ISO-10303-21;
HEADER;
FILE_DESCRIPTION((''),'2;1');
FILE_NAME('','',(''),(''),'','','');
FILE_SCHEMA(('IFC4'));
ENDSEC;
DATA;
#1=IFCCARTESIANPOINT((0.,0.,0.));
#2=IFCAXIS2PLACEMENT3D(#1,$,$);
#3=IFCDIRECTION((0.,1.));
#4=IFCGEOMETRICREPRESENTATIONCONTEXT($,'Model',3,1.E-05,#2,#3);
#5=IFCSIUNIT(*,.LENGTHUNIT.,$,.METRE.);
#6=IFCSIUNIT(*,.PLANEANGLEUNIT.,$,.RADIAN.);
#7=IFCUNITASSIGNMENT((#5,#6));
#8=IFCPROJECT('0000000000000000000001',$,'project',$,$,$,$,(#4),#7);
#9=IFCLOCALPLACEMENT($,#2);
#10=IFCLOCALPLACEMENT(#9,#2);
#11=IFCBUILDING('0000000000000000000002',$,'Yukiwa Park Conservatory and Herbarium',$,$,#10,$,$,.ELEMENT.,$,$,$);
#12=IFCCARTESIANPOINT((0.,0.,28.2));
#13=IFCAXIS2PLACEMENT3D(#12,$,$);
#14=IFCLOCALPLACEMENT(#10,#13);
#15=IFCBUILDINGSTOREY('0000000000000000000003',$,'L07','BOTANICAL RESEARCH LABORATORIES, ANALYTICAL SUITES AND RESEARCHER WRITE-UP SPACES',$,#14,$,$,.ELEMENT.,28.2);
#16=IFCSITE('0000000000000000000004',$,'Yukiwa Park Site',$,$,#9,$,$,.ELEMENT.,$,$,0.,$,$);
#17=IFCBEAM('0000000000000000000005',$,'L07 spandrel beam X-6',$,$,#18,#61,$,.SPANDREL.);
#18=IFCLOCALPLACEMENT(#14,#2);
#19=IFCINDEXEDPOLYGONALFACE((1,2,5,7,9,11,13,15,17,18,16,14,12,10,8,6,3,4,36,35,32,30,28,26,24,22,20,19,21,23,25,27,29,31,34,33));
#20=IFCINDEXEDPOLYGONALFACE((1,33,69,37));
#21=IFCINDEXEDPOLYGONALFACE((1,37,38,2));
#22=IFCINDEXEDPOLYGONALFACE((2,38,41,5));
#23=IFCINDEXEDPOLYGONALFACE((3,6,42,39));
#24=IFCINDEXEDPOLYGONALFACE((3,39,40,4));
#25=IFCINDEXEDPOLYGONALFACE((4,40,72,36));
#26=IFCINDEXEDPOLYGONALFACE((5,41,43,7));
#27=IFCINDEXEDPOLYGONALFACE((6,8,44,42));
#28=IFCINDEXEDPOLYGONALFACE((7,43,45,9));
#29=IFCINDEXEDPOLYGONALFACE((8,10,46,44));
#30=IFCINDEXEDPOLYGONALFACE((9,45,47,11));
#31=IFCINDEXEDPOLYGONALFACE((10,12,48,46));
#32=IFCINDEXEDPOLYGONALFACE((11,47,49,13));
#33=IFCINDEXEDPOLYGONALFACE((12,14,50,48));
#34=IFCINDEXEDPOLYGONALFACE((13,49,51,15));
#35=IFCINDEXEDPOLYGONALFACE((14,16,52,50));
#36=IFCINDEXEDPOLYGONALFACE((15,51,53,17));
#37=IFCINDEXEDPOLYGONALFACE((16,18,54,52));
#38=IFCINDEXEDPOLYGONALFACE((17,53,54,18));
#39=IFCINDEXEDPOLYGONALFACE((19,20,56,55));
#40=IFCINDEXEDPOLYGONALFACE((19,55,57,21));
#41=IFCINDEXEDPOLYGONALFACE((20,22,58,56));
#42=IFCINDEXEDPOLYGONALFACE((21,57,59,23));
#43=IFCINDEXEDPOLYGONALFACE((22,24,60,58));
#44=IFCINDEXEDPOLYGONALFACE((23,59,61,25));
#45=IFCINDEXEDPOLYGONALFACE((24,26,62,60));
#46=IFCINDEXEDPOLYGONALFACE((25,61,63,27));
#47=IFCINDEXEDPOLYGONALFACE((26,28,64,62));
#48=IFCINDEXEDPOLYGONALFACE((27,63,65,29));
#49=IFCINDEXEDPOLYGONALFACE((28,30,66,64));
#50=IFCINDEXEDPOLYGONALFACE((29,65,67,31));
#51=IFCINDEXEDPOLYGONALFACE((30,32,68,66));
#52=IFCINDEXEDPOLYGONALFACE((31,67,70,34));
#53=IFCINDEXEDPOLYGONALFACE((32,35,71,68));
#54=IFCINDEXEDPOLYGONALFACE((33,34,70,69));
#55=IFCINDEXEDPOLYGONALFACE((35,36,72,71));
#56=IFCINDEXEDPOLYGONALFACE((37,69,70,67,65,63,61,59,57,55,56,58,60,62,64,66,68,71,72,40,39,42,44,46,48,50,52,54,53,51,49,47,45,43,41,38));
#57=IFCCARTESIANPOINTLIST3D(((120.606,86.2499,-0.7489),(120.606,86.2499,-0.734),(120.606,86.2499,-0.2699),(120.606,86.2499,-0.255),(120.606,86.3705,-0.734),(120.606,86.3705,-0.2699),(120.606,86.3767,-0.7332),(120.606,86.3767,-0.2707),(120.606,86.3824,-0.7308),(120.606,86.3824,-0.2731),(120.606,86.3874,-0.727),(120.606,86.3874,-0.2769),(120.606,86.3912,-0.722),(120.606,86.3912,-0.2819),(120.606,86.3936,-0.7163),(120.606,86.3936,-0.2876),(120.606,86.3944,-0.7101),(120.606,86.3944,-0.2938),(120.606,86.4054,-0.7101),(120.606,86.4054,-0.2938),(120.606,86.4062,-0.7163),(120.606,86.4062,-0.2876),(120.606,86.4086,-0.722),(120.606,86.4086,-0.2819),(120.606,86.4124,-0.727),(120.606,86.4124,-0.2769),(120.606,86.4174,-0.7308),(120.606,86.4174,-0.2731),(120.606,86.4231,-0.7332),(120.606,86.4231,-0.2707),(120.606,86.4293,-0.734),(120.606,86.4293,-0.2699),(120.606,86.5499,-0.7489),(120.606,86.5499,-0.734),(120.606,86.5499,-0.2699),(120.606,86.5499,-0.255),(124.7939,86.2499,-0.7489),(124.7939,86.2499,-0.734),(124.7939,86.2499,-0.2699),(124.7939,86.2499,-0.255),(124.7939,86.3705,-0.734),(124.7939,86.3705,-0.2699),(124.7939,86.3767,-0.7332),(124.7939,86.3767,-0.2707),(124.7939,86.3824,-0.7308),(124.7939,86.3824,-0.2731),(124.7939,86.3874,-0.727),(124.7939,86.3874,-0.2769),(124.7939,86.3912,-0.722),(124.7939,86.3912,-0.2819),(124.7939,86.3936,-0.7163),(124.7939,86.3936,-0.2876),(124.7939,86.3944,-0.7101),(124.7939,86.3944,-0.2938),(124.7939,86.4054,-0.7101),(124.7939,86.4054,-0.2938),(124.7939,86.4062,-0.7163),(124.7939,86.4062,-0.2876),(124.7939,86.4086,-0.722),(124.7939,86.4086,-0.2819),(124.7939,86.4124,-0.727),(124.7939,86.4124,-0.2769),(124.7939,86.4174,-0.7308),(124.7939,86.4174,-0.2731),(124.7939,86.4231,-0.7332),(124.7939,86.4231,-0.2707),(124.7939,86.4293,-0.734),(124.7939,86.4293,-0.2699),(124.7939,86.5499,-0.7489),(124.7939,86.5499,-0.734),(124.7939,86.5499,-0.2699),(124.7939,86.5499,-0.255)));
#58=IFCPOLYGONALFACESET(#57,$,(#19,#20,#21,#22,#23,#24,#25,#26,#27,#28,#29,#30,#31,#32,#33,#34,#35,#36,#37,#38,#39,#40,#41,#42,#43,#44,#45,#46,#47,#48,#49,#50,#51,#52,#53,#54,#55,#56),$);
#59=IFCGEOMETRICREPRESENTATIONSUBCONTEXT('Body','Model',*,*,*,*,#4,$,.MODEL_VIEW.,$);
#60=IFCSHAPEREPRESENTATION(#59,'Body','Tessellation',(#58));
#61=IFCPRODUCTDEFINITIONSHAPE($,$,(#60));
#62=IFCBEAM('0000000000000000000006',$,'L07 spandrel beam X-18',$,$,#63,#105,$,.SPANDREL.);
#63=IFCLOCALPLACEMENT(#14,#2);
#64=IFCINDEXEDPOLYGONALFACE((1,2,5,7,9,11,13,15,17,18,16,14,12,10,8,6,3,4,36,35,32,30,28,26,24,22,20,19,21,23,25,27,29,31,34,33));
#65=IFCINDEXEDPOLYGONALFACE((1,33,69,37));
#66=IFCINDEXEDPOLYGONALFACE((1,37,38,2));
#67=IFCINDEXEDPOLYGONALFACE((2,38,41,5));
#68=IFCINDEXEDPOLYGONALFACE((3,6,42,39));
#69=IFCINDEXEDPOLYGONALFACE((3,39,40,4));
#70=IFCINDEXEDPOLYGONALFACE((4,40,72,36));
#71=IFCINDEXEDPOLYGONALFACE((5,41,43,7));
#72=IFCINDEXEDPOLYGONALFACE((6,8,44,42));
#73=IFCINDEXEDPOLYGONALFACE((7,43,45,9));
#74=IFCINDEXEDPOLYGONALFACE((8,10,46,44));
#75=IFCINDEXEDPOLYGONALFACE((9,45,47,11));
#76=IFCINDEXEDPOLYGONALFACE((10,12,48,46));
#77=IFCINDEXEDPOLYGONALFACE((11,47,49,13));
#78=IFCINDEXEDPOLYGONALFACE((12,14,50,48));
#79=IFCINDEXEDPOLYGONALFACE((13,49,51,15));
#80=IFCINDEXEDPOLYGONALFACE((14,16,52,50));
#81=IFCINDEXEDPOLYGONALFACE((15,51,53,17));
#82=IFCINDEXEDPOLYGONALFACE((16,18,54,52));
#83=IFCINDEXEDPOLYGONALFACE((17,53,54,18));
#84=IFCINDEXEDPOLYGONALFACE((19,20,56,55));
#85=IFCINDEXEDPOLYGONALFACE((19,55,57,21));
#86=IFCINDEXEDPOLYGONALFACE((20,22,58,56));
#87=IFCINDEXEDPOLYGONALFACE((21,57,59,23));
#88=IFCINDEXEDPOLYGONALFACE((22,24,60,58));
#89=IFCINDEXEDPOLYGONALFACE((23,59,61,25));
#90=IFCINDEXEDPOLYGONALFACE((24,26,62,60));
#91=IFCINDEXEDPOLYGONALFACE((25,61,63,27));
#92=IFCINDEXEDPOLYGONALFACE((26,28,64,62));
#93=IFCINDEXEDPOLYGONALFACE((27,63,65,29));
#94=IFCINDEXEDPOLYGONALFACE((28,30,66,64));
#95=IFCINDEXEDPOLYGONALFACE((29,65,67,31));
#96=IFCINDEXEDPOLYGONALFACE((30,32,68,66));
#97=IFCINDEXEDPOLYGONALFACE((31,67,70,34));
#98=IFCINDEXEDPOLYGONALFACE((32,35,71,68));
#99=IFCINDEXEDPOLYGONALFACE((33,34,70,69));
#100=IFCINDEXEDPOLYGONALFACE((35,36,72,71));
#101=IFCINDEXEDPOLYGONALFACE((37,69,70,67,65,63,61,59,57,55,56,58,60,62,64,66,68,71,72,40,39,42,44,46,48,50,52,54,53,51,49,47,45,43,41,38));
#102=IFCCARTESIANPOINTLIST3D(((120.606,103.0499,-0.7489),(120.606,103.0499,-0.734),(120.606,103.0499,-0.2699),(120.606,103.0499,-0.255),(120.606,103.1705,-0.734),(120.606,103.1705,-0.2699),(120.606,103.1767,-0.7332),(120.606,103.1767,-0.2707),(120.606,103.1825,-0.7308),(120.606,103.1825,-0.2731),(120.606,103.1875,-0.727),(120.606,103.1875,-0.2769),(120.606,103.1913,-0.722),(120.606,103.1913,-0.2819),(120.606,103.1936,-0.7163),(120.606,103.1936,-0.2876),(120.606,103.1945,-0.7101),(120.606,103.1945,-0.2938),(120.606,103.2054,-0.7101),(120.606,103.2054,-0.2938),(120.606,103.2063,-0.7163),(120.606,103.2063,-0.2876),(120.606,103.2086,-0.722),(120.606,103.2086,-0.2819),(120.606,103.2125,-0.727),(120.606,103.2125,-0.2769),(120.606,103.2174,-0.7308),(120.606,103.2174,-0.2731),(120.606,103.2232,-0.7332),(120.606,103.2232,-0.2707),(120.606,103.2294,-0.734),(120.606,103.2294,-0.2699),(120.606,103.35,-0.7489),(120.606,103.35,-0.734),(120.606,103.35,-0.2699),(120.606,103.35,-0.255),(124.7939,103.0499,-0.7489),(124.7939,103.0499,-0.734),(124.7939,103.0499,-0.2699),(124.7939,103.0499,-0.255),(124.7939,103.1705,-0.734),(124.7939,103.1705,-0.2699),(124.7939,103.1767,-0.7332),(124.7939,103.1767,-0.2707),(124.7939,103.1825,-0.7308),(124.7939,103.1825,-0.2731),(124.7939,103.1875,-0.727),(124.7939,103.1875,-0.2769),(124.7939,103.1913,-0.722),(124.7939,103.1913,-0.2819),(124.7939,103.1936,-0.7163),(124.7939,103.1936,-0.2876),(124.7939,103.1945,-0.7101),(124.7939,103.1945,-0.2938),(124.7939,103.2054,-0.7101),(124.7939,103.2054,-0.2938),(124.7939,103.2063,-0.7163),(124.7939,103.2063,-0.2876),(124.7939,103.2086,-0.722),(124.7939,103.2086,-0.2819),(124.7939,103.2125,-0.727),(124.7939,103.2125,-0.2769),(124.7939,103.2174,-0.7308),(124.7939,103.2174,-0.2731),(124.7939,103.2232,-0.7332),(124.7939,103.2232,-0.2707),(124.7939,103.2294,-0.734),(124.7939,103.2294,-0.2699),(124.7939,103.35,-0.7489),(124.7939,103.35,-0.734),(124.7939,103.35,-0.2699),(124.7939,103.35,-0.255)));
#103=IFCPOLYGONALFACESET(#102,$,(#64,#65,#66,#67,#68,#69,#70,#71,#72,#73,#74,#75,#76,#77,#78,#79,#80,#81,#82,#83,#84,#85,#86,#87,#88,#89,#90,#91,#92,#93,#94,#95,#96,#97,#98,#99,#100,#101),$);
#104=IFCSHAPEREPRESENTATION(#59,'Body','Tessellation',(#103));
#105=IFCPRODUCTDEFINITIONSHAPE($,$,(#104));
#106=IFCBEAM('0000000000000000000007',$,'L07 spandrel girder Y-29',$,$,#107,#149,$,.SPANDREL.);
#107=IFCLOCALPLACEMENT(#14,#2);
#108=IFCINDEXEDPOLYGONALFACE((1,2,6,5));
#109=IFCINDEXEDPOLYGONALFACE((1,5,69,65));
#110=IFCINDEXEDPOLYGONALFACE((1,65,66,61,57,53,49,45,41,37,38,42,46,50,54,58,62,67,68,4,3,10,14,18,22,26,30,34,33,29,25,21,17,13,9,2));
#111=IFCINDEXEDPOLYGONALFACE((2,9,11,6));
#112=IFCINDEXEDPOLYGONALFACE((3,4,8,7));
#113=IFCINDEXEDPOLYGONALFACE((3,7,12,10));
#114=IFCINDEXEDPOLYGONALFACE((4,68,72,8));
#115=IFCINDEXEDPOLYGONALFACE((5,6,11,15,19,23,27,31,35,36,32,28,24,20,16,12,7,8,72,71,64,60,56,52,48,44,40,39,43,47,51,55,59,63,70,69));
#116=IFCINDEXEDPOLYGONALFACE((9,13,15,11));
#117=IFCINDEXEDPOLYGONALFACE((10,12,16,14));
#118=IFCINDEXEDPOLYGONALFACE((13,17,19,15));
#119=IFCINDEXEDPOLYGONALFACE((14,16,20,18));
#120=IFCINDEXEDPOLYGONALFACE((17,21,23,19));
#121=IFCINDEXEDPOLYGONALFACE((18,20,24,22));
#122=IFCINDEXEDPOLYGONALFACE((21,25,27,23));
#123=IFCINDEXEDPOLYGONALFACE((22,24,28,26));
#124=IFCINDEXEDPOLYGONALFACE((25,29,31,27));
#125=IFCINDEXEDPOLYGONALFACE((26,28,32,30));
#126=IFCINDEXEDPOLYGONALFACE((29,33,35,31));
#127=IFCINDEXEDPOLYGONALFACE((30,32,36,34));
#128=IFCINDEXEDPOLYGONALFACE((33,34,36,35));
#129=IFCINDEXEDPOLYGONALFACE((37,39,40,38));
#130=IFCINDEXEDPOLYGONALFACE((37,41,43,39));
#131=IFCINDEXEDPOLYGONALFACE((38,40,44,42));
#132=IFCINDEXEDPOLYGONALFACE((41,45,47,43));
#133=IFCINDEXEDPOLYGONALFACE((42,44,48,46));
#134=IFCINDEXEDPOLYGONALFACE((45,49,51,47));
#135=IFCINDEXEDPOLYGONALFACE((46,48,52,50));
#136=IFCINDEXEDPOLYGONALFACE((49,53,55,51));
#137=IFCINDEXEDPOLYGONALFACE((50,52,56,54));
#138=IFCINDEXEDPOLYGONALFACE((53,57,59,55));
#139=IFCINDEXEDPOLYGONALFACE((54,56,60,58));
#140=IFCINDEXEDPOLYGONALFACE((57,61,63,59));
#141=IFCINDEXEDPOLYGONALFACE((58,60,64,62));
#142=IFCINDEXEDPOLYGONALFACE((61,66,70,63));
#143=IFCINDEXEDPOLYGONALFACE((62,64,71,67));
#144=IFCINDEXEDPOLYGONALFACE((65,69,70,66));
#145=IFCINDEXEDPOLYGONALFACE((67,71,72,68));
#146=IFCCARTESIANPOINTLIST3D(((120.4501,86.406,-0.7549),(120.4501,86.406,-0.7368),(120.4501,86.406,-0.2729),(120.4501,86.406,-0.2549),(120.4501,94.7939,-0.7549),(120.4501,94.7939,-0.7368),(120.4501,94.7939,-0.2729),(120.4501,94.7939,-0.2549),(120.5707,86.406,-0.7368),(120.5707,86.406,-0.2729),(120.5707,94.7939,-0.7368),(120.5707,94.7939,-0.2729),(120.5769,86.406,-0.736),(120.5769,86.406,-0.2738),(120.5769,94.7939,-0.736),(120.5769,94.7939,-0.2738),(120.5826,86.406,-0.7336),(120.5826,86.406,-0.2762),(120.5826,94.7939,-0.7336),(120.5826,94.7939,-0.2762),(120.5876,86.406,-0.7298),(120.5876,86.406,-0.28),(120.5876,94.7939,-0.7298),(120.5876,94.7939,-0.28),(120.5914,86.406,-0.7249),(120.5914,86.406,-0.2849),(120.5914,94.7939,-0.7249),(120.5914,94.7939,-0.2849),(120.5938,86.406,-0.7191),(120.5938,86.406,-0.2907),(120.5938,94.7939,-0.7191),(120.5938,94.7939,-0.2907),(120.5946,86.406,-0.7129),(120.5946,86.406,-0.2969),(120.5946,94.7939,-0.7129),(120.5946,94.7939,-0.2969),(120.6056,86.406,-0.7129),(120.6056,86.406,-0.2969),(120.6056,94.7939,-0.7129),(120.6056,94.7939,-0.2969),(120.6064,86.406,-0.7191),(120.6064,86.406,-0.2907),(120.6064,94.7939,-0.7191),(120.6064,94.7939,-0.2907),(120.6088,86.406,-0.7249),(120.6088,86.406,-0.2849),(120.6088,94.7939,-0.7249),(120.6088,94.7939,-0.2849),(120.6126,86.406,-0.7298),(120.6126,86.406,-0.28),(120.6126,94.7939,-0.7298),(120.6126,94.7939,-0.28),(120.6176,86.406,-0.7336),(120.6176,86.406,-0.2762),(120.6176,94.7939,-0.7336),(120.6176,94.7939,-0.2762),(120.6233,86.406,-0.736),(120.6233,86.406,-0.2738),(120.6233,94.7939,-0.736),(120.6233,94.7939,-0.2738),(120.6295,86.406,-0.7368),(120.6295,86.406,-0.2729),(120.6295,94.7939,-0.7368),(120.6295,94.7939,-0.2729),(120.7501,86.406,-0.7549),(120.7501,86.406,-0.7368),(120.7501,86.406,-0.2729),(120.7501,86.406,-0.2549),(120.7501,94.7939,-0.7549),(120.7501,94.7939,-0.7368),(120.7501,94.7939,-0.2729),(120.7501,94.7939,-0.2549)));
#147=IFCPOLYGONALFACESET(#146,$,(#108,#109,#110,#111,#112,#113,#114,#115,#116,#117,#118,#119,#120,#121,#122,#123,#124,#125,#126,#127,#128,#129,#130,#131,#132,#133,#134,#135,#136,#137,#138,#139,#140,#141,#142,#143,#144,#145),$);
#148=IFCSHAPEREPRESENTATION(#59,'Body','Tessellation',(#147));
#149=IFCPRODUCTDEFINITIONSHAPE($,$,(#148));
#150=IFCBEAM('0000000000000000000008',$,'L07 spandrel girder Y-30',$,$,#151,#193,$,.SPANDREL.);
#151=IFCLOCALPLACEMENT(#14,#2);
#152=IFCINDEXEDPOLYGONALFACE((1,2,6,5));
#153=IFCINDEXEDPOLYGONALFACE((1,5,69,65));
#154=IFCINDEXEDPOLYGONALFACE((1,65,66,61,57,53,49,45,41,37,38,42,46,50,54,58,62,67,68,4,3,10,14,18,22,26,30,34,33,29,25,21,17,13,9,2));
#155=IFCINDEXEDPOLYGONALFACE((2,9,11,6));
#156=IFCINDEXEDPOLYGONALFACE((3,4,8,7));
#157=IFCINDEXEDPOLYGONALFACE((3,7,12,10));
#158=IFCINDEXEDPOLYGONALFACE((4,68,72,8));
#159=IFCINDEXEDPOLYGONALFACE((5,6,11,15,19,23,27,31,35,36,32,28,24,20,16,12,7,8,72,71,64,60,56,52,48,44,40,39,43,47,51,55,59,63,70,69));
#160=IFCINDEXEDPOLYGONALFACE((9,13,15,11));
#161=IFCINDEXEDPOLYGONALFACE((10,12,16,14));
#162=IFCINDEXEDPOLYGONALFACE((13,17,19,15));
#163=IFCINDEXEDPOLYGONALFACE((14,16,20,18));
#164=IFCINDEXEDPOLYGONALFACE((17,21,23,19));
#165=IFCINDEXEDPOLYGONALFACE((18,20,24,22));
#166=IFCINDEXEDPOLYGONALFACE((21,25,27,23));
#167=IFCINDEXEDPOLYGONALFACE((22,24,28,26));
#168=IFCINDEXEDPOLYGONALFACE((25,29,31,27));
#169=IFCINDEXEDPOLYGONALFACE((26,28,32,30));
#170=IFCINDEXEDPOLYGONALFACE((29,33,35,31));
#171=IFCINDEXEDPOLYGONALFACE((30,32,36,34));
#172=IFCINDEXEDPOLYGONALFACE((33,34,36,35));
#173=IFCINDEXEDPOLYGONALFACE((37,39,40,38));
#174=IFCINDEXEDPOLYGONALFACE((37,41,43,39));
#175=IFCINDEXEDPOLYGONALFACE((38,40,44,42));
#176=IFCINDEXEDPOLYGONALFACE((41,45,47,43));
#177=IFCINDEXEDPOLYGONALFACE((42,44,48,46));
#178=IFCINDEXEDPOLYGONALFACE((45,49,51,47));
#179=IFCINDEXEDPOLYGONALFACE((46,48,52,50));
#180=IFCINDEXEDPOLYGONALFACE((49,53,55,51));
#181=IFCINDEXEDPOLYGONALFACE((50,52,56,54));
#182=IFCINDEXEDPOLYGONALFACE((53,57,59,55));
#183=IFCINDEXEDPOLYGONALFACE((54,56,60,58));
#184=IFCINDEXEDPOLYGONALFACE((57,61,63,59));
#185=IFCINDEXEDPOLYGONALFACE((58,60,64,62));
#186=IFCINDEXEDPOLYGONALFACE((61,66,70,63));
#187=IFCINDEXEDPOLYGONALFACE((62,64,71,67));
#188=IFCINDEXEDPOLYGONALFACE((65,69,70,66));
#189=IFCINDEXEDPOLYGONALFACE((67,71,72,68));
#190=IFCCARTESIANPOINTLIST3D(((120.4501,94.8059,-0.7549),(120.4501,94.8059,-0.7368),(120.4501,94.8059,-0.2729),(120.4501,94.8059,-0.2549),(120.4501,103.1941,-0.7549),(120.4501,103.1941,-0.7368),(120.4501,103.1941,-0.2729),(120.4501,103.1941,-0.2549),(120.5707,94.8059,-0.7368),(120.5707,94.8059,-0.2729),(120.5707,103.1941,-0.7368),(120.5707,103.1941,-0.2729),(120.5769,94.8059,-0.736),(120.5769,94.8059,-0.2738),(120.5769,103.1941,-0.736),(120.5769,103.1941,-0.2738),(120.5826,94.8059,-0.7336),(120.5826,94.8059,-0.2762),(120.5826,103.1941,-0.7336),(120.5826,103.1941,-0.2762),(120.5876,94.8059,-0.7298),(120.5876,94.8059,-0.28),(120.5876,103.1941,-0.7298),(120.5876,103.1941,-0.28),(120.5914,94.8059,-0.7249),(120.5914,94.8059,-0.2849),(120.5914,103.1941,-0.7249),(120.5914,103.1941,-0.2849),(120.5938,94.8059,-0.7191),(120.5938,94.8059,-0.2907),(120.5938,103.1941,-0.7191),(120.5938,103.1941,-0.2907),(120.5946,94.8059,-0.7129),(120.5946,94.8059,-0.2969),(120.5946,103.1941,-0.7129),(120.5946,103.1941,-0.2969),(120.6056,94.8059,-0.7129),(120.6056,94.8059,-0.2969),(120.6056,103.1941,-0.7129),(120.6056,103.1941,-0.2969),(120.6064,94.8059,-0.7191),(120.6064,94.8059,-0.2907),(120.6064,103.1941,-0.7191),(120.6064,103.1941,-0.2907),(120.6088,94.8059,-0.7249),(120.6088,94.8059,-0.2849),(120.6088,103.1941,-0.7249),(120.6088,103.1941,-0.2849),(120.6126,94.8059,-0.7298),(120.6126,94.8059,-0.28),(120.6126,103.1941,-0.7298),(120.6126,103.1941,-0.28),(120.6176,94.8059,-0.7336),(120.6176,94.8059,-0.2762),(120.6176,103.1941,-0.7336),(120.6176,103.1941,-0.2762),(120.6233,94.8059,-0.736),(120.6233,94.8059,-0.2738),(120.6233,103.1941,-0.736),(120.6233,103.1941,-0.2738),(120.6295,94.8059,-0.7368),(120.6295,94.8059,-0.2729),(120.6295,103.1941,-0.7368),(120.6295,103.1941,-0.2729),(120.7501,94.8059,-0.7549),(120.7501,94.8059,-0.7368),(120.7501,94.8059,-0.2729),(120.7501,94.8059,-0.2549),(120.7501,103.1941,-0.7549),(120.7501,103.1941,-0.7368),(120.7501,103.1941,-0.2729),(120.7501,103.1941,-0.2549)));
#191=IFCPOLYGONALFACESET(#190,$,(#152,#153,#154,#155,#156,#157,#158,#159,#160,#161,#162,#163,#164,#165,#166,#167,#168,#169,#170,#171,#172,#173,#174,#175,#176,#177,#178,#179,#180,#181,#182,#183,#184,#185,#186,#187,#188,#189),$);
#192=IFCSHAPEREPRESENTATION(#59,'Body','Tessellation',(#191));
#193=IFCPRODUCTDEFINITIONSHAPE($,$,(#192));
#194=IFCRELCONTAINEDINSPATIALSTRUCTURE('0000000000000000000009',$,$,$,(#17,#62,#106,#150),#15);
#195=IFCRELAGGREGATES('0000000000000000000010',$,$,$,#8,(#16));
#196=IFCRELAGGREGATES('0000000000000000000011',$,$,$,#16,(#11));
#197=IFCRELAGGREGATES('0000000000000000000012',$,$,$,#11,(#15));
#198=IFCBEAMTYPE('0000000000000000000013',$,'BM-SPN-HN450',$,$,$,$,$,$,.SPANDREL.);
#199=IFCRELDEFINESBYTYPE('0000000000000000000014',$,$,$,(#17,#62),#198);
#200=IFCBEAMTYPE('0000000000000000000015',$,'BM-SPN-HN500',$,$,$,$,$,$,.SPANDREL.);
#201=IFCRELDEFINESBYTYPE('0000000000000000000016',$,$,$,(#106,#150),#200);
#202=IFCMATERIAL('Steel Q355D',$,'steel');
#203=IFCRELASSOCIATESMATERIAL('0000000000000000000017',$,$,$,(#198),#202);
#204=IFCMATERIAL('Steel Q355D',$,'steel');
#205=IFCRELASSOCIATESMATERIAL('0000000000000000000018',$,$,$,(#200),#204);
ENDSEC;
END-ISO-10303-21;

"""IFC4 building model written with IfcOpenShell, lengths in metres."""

from ifc_helpers import new_model, si_unit, direction, frame, origin, origin_2d, place, context, subcontext, project, spatial, i_section, extrude, material, material_profile, profile_set, type_object, element, save


model = new_model("IFC4")

# Units and contexts
model_context = context("Model", 3, precision=1e-05, world=origin(), true_north=direction((0.0, 1.0)))
body_context = subcontext(model_context, "Body", "Model", "MODEL_VIEW")
ifc_project = project(units=[si_unit("LENGTHUNIT", "METRE"), si_unit("PLANEANGLEUNIT", "RADIAN")], contexts=[model_context])

# Site, building, storey
site_placement = place(None, origin())
site = spatial("IfcSite", under=ifc_project, at=site_placement, Name="Yukiwa Park Site", CompositionType="ELEMENT", RefElevation=0.0)
building_placement = place(site_placement, origin())
building = spatial("IfcBuilding", under=site, at=building_placement, Name="Yukiwa Park Conservatory and Herbarium", CompositionType="ELEMENT")
storey_placement = place(building_placement, frame((0.0, 0.0, 28.2)))
storey = spatial("IfcBuildingStorey", under=building, at=storey_placement, Name="L07", Description="BOTANICAL RESEARCH LABORATORIES, ANALYTICAL SUITES AND RESEARCHER WRITE-UP SPACES", CompositionType="ELEMENT", Elevation=28.2)

# Beams
ifc_material_1 = material(Name="Steel Q355D", Category="steel")
ifc_material_profile_1 = material_profile(ifc_material_1, i_section(OverallWidth=0.3, OverallDepth=0.4939, WebThickness=0.011, FlangeThickness=0.0149, FilletRadius=0.0239, at=origin_2d()), Name="HM 494x300x11x15")
ifc_profile_set_1 = profile_set([ifc_material_profile_1], Name="Steel Q355D")
beam_type_1 = type_object("IfcBeamType", Name="BM-SPN-HN450", PredefinedType="SPANDREL", material=ifc_profile_set_1)
for number, where, z_axis, x_axis, name in (
    (1, (120.606, 86.3999, -0.502), (1.0, 0.0, 0.0), (0.0, 1.0, 0.0), "L07 spandrel beam X-6"),
    (2, (120.606, 103.2, -0.502), (1.0, 0.0, 0.0), (0.0, 1.0, 0.0), "L07 spandrel beam X-18"),
):
    element("IfcBeam", number, at=place(storey_placement, frame(where, z_axis=z_axis, x_axis=x_axis)), inside=storey, type_object=beam_type_1, Name=name, PredefinedType="SPANDREL", context=body_context, shape_type="SweptSolid", body=[
        extrude(i_section(OverallWidth=0.3, OverallDepth=0.4939, WebThickness=0.011, FlangeThickness=0.0149, FilletRadius=0.0239, at=origin_2d()), origin(), (0.0, 0.0, 1.0), 4.188),
    ])
ifc_material_2 = material(Name="Steel Q355D", Category="steel")
ifc_material_profile_2 = material_profile(ifc_material_2, i_section(OverallWidth=0.3, OverallDepth=0.5, WebThickness=0.011, FlangeThickness=0.0181, FilletRadius=0.0239, at=origin_2d()), Name="HM 500x300x11x18")
ifc_profile_set_2 = profile_set([ifc_material_profile_2], Name="Steel Q355D")
beam_type_2 = type_object("IfcBeamType", Name="BM-SPN-HN500", PredefinedType="SPANDREL", material=ifc_profile_set_2)
beam_1_placement = place(storey_placement, frame((120.6001, 86.406, -0.5049), z_axis=(0.0, 1.0, 0.0), x_axis=(-1.0, 0.0, 0.0)))
element("IfcBeam", 3, at=beam_1_placement, inside=storey, type_object=beam_type_2, Name="L07 spandrel girder Y-29", PredefinedType="SPANDREL", context=body_context, shape_type="SweptSolid", body=[
    extrude(i_section(OverallWidth=0.3, OverallDepth=0.5, WebThickness=0.011, FlangeThickness=0.0181, FilletRadius=0.0239, at=origin_2d()), origin(), (0.0, 0.0, 1.0), 8.3879),
])
beam_2_placement = place(storey_placement, frame((120.6001, 94.8059, -0.5049), z_axis=(0.0, 1.0, 0.0), x_axis=(-1.0, 0.0, 0.0)))
element("IfcBeam", 4, at=beam_2_placement, inside=storey, type_object=beam_type_2, Name="L07 spandrel girder Y-30", PredefinedType="SPANDREL", context=body_context, shape_type="SweptSolid", body=[
    extrude(i_section(OverallWidth=0.3, OverallDepth=0.5, WebThickness=0.011, FlangeThickness=0.0181, FilletRadius=0.0239, at=origin_2d()), origin(), (0.0, 0.0, 1.0), 8.3882),
])

save(model, "model.ifc")
